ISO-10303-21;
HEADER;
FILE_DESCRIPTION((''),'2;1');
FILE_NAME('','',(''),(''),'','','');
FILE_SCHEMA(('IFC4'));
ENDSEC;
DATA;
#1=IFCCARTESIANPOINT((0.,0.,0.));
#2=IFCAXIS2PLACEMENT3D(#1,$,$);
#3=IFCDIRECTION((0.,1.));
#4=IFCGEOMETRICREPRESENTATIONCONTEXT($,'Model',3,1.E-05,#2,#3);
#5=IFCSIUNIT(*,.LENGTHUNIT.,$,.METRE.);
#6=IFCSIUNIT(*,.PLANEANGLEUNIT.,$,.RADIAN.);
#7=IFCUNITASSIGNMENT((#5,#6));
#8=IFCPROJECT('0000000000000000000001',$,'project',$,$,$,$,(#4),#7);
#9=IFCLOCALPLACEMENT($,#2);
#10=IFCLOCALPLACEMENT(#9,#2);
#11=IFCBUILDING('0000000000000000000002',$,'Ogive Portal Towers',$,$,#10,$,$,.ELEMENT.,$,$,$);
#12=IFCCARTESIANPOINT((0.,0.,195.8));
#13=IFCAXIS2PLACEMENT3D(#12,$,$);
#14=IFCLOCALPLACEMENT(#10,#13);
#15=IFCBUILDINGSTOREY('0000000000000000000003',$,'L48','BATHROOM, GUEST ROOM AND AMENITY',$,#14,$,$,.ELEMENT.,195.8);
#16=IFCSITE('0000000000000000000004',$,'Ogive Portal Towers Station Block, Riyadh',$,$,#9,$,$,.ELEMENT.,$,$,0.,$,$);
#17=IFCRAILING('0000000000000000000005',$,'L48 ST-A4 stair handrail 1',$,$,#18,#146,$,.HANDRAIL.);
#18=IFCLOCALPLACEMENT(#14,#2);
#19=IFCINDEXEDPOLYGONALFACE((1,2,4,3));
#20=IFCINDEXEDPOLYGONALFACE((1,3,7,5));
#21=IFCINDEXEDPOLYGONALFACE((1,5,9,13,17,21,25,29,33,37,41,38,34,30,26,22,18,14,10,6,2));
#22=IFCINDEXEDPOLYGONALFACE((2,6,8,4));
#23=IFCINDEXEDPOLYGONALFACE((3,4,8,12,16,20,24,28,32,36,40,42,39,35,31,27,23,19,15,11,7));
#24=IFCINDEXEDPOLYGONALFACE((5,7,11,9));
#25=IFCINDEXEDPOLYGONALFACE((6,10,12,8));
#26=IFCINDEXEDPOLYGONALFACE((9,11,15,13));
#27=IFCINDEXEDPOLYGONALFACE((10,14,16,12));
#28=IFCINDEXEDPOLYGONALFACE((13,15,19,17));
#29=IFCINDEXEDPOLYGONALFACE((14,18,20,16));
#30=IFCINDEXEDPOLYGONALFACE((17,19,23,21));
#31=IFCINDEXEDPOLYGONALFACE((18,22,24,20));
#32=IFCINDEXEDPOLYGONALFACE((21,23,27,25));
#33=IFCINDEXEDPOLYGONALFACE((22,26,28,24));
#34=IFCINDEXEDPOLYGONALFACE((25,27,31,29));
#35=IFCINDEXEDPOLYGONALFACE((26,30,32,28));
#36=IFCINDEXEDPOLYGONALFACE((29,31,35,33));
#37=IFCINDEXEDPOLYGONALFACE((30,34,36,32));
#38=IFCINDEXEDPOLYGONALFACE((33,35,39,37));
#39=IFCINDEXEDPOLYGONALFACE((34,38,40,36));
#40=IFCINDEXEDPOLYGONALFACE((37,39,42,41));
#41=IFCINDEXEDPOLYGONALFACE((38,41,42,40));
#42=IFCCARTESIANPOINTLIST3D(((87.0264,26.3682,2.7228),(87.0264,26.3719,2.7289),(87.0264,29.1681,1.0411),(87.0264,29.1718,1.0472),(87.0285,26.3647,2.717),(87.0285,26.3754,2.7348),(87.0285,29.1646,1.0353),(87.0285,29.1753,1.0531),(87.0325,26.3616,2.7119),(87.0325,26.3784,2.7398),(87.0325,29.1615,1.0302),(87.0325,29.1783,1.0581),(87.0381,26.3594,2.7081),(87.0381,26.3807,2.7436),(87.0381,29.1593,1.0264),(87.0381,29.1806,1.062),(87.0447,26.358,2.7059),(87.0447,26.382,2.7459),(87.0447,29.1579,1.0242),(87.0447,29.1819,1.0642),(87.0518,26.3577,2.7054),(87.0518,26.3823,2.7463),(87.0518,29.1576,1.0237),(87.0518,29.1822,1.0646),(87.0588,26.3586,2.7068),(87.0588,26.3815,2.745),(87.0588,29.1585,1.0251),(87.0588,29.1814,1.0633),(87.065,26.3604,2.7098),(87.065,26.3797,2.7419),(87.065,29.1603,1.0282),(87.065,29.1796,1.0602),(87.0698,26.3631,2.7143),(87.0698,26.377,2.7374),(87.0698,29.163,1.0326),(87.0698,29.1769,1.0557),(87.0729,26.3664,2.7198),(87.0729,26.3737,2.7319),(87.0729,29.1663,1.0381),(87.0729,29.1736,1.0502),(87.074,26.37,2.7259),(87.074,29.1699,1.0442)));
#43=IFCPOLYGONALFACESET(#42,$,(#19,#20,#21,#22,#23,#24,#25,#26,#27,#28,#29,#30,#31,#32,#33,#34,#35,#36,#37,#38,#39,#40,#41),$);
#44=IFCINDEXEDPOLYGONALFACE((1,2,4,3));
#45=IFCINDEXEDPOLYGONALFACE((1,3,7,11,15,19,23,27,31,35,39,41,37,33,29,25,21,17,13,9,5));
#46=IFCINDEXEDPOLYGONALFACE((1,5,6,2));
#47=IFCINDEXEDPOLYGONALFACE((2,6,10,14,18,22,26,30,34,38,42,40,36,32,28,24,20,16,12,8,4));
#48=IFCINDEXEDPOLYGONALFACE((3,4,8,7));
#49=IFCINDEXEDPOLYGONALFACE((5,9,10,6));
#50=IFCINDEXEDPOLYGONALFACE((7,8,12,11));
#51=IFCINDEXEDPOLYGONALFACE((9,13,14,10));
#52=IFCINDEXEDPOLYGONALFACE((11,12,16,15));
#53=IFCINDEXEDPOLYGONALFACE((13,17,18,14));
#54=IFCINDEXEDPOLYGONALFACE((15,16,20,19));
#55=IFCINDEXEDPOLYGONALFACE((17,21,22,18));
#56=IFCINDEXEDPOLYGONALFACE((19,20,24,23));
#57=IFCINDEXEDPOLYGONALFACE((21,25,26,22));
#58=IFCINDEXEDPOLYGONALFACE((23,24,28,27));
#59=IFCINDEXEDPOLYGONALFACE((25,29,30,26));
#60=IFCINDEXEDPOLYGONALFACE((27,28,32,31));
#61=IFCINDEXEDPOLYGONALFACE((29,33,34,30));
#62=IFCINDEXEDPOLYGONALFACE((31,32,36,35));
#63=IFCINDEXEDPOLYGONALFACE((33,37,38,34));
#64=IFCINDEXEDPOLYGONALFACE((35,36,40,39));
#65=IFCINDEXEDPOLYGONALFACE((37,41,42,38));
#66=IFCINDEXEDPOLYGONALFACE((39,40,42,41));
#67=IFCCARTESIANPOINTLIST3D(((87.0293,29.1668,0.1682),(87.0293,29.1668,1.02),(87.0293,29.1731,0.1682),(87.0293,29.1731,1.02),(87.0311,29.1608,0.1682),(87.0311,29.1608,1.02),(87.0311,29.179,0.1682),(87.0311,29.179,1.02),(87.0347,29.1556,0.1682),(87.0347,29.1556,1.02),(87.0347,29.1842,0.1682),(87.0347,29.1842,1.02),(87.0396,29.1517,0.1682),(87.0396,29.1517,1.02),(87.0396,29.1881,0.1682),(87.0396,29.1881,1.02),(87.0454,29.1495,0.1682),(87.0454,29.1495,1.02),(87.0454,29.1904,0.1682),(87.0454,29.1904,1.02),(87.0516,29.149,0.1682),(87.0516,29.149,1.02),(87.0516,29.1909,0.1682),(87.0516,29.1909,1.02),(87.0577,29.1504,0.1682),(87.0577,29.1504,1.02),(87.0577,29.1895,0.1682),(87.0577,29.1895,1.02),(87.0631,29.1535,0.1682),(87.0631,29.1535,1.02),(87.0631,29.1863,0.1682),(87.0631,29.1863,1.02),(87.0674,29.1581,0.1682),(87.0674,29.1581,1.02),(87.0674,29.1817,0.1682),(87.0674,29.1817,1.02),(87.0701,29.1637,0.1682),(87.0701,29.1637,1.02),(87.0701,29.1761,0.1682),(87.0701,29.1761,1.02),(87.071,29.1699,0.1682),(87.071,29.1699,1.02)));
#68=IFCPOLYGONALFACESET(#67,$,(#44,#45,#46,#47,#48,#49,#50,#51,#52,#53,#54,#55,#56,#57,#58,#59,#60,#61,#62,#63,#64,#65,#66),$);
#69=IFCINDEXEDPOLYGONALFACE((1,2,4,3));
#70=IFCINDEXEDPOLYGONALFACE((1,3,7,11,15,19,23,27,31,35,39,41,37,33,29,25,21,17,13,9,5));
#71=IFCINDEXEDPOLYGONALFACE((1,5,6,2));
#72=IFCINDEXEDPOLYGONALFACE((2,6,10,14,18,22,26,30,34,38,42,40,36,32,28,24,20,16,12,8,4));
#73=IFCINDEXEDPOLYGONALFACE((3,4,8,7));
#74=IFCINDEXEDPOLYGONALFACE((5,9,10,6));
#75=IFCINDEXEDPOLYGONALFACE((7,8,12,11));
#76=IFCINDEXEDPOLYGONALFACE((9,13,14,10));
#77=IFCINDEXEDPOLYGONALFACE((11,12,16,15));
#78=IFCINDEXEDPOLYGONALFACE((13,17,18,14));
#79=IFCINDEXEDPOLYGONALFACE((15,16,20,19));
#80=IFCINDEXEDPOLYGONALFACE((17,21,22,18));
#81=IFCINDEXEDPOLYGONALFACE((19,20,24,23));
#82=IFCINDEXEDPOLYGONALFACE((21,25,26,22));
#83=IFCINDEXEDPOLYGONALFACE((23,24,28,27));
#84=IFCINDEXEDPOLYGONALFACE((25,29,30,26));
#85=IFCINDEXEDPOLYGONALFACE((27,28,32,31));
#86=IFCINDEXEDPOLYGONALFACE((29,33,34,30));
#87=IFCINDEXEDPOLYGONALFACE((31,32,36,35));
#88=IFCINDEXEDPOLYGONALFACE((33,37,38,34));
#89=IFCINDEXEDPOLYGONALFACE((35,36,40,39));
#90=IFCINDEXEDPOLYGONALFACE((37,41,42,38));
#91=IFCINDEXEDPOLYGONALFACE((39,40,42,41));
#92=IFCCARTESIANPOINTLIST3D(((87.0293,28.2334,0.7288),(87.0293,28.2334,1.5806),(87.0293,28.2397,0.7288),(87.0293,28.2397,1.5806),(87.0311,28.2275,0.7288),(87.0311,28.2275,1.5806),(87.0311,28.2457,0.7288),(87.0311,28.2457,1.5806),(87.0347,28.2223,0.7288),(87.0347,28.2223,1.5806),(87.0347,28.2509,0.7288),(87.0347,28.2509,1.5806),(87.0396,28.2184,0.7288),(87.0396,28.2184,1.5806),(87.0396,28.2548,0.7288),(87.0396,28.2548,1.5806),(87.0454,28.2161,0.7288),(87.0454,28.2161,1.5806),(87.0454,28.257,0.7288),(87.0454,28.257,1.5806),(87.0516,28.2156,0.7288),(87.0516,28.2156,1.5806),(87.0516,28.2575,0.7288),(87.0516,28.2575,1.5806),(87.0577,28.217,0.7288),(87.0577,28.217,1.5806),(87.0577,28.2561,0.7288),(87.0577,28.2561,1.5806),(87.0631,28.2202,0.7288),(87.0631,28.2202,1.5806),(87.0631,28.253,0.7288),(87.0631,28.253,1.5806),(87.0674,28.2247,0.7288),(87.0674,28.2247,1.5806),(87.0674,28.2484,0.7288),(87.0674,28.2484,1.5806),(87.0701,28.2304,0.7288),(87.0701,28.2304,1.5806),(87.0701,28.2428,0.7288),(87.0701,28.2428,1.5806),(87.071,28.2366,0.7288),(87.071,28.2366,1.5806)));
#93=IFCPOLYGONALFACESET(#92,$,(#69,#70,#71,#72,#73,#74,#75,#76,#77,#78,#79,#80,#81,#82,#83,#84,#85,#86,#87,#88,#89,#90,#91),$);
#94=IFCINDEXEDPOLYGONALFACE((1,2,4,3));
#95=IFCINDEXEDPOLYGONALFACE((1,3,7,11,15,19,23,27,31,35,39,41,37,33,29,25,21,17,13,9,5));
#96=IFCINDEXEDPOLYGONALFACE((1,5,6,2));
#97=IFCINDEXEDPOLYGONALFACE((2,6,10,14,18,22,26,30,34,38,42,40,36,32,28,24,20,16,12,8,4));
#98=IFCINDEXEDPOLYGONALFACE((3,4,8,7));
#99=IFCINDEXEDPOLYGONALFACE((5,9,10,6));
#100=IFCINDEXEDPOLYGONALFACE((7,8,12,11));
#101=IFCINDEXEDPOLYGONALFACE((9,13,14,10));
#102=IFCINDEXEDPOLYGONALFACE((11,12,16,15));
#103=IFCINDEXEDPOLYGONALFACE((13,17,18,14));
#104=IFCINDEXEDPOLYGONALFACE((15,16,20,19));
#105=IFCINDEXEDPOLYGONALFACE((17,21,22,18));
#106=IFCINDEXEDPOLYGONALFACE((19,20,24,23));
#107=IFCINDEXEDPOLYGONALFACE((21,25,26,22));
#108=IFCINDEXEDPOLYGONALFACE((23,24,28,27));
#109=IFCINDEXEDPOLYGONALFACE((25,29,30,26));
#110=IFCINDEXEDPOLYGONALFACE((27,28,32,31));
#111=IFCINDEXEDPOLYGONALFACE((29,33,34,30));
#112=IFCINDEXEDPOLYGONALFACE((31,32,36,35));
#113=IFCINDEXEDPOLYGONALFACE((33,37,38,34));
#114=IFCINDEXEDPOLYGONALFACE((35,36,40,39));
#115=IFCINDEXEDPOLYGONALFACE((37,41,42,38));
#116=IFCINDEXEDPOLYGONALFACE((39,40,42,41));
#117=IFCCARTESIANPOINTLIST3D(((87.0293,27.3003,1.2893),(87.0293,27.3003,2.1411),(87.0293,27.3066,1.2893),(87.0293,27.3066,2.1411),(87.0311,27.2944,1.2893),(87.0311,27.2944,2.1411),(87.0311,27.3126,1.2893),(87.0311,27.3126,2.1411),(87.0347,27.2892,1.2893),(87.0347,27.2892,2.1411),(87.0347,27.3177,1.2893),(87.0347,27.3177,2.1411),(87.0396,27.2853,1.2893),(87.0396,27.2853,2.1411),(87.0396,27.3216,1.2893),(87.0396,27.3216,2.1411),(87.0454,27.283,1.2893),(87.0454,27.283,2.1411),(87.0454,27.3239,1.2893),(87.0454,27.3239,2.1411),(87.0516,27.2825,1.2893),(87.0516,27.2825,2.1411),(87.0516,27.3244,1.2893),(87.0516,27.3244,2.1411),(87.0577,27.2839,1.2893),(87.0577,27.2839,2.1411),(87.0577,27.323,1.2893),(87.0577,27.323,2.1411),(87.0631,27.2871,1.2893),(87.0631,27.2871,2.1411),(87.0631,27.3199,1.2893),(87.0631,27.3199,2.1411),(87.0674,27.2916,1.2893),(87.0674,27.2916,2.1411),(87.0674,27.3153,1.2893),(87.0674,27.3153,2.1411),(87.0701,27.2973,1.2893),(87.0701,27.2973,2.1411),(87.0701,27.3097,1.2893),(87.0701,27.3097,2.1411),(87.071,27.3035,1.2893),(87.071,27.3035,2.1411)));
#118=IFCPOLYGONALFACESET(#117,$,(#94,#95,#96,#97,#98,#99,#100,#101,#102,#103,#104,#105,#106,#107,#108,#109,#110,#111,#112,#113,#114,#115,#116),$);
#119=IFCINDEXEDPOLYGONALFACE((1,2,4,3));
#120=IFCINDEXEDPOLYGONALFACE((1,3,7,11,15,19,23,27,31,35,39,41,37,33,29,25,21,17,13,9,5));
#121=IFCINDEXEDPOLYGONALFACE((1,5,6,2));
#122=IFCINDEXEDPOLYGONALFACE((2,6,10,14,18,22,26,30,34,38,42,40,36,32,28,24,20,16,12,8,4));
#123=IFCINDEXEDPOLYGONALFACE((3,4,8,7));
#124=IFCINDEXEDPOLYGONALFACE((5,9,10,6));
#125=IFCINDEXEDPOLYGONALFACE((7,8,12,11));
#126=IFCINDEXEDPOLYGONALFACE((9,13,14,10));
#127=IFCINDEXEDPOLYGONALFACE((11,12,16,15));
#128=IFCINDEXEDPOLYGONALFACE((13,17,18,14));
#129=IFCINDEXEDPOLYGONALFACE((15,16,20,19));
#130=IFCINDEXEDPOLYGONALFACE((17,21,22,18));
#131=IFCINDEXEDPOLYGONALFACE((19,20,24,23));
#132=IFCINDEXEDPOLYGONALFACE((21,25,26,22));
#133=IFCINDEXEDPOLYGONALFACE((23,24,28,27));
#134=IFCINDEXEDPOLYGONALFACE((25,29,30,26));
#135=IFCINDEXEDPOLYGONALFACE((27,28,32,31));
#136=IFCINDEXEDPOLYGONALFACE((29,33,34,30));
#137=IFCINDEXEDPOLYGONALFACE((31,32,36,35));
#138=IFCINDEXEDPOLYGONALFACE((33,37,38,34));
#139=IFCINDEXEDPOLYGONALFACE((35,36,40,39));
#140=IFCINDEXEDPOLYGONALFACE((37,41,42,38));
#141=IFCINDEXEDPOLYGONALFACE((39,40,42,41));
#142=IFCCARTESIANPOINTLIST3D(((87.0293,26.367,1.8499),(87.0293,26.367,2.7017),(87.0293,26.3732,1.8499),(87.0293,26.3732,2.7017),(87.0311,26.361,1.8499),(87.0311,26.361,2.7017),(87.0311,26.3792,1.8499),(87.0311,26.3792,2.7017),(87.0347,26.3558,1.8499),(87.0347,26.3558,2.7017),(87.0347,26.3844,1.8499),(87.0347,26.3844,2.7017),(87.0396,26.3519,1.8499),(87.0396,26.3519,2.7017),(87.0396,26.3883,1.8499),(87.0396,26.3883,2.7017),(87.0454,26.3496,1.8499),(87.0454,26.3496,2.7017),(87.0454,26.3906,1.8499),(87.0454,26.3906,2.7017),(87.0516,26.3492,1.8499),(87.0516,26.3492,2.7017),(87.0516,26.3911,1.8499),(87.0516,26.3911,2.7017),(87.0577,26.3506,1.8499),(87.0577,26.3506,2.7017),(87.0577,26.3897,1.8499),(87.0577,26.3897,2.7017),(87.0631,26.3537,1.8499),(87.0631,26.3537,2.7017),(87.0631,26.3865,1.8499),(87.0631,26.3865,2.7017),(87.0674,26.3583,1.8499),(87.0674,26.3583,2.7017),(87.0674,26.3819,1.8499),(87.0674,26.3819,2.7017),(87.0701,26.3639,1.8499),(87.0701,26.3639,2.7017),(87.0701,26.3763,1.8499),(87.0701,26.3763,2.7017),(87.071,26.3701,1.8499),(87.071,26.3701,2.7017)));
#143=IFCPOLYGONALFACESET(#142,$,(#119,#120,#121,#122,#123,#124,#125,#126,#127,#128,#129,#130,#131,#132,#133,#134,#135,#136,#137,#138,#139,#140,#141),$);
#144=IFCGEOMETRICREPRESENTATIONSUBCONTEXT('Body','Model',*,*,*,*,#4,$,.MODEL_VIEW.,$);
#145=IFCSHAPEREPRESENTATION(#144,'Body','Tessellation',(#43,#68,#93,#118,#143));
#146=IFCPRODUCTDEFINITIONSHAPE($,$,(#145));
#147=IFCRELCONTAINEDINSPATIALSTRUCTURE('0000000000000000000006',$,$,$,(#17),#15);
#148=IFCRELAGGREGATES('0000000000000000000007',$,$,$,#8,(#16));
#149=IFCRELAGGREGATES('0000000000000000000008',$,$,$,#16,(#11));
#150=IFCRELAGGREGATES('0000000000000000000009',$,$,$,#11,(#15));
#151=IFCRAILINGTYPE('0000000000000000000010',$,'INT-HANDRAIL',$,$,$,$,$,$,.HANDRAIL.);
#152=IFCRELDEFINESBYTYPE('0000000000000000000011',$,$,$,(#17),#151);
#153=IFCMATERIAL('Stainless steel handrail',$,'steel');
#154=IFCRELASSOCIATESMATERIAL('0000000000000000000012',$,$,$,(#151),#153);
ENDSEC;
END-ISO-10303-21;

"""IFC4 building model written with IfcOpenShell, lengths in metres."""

from ifc_helpers import new_model, si_unit, direction, frame, origin, origin_2d, place, context, subcontext, project, spatial, circle, extrude, material, type_object, element, save


model = new_model("IFC4")

# Units and contexts
model_context = context("Model", 3, precision=1e-05, world=origin(), true_north=direction((0.0, 1.0)))
body_context = subcontext(model_context, "Body", "Model", "MODEL_VIEW")
ifc_project = project(units=[si_unit("LENGTHUNIT", "METRE"), si_unit("PLANEANGLEUNIT", "RADIAN")], contexts=[model_context])

# Site, building, storey
site_placement = place(None, origin())
site = spatial("IfcSite", under=ifc_project, at=site_placement, Name="Ogive Portal Towers Station Block, Riyadh", CompositionType="ELEMENT", RefElevation=0.0)
building_placement = place(site_placement, origin())
building = spatial("IfcBuilding", under=site, at=building_placement, Name="Ogive Portal Towers", CompositionType="ELEMENT")
storey_placement = place(building_placement, frame((0.0, 0.0, 195.8)))
storey = spatial("IfcBuildingStorey", under=building, at=storey_placement, Name="L48", Description="BATHROOM, GUEST ROOM AND AMENITY", CompositionType="ELEMENT", Elevation=195.8)

# Railing
ifc_material_1 = material(Name="Stainless steel handrail", Category="steel")
railing_type_1 = type_object("IfcRailingType", Name="INT-HANDRAIL", PredefinedType="HANDRAIL", material=ifc_material_1)
railing_1_placement = place(storey_placement, frame((87.05, 29.1699, 0.1682)))
element("IfcRailing", 1, at=railing_1_placement, inside=storey, type_object=railing_type_1, Name="L48 ST-A4 stair handrail 1", PredefinedType="HANDRAIL", context=body_context, shape_type="SweptSolid", body=[
    extrude(circle(Radius=0.0239, at=origin_2d()), frame((0.0, 0.0, 0.876), z_axis=(0.0, -0.857255, 0.514891), x_axis=(1.0, 0.0, 0.0)), (0.0, 0.0, 1.0), 3.2661),
    extrude(circle(Radius=0.021, at=origin_2d()), origin(), (0.0, 0.0, 1.0), 0.8518),
    extrude(circle(Radius=0.021, at=origin_2d()), frame((0.0, -0.9333, 0.5605)), (0.0, 0.0, 1.0), 0.8518),
    extrude(circle(Radius=0.021, at=origin_2d()), frame((0.0, -1.8665, 1.1211)), (0.0, 0.0, 1.0), 0.8518),
    extrude(circle(Radius=0.021, at=origin_2d()), frame((0.0, -2.7998, 1.6816)), (0.0, 0.0, 1.0), 0.8518),
])

save(model, "model.ifc")
